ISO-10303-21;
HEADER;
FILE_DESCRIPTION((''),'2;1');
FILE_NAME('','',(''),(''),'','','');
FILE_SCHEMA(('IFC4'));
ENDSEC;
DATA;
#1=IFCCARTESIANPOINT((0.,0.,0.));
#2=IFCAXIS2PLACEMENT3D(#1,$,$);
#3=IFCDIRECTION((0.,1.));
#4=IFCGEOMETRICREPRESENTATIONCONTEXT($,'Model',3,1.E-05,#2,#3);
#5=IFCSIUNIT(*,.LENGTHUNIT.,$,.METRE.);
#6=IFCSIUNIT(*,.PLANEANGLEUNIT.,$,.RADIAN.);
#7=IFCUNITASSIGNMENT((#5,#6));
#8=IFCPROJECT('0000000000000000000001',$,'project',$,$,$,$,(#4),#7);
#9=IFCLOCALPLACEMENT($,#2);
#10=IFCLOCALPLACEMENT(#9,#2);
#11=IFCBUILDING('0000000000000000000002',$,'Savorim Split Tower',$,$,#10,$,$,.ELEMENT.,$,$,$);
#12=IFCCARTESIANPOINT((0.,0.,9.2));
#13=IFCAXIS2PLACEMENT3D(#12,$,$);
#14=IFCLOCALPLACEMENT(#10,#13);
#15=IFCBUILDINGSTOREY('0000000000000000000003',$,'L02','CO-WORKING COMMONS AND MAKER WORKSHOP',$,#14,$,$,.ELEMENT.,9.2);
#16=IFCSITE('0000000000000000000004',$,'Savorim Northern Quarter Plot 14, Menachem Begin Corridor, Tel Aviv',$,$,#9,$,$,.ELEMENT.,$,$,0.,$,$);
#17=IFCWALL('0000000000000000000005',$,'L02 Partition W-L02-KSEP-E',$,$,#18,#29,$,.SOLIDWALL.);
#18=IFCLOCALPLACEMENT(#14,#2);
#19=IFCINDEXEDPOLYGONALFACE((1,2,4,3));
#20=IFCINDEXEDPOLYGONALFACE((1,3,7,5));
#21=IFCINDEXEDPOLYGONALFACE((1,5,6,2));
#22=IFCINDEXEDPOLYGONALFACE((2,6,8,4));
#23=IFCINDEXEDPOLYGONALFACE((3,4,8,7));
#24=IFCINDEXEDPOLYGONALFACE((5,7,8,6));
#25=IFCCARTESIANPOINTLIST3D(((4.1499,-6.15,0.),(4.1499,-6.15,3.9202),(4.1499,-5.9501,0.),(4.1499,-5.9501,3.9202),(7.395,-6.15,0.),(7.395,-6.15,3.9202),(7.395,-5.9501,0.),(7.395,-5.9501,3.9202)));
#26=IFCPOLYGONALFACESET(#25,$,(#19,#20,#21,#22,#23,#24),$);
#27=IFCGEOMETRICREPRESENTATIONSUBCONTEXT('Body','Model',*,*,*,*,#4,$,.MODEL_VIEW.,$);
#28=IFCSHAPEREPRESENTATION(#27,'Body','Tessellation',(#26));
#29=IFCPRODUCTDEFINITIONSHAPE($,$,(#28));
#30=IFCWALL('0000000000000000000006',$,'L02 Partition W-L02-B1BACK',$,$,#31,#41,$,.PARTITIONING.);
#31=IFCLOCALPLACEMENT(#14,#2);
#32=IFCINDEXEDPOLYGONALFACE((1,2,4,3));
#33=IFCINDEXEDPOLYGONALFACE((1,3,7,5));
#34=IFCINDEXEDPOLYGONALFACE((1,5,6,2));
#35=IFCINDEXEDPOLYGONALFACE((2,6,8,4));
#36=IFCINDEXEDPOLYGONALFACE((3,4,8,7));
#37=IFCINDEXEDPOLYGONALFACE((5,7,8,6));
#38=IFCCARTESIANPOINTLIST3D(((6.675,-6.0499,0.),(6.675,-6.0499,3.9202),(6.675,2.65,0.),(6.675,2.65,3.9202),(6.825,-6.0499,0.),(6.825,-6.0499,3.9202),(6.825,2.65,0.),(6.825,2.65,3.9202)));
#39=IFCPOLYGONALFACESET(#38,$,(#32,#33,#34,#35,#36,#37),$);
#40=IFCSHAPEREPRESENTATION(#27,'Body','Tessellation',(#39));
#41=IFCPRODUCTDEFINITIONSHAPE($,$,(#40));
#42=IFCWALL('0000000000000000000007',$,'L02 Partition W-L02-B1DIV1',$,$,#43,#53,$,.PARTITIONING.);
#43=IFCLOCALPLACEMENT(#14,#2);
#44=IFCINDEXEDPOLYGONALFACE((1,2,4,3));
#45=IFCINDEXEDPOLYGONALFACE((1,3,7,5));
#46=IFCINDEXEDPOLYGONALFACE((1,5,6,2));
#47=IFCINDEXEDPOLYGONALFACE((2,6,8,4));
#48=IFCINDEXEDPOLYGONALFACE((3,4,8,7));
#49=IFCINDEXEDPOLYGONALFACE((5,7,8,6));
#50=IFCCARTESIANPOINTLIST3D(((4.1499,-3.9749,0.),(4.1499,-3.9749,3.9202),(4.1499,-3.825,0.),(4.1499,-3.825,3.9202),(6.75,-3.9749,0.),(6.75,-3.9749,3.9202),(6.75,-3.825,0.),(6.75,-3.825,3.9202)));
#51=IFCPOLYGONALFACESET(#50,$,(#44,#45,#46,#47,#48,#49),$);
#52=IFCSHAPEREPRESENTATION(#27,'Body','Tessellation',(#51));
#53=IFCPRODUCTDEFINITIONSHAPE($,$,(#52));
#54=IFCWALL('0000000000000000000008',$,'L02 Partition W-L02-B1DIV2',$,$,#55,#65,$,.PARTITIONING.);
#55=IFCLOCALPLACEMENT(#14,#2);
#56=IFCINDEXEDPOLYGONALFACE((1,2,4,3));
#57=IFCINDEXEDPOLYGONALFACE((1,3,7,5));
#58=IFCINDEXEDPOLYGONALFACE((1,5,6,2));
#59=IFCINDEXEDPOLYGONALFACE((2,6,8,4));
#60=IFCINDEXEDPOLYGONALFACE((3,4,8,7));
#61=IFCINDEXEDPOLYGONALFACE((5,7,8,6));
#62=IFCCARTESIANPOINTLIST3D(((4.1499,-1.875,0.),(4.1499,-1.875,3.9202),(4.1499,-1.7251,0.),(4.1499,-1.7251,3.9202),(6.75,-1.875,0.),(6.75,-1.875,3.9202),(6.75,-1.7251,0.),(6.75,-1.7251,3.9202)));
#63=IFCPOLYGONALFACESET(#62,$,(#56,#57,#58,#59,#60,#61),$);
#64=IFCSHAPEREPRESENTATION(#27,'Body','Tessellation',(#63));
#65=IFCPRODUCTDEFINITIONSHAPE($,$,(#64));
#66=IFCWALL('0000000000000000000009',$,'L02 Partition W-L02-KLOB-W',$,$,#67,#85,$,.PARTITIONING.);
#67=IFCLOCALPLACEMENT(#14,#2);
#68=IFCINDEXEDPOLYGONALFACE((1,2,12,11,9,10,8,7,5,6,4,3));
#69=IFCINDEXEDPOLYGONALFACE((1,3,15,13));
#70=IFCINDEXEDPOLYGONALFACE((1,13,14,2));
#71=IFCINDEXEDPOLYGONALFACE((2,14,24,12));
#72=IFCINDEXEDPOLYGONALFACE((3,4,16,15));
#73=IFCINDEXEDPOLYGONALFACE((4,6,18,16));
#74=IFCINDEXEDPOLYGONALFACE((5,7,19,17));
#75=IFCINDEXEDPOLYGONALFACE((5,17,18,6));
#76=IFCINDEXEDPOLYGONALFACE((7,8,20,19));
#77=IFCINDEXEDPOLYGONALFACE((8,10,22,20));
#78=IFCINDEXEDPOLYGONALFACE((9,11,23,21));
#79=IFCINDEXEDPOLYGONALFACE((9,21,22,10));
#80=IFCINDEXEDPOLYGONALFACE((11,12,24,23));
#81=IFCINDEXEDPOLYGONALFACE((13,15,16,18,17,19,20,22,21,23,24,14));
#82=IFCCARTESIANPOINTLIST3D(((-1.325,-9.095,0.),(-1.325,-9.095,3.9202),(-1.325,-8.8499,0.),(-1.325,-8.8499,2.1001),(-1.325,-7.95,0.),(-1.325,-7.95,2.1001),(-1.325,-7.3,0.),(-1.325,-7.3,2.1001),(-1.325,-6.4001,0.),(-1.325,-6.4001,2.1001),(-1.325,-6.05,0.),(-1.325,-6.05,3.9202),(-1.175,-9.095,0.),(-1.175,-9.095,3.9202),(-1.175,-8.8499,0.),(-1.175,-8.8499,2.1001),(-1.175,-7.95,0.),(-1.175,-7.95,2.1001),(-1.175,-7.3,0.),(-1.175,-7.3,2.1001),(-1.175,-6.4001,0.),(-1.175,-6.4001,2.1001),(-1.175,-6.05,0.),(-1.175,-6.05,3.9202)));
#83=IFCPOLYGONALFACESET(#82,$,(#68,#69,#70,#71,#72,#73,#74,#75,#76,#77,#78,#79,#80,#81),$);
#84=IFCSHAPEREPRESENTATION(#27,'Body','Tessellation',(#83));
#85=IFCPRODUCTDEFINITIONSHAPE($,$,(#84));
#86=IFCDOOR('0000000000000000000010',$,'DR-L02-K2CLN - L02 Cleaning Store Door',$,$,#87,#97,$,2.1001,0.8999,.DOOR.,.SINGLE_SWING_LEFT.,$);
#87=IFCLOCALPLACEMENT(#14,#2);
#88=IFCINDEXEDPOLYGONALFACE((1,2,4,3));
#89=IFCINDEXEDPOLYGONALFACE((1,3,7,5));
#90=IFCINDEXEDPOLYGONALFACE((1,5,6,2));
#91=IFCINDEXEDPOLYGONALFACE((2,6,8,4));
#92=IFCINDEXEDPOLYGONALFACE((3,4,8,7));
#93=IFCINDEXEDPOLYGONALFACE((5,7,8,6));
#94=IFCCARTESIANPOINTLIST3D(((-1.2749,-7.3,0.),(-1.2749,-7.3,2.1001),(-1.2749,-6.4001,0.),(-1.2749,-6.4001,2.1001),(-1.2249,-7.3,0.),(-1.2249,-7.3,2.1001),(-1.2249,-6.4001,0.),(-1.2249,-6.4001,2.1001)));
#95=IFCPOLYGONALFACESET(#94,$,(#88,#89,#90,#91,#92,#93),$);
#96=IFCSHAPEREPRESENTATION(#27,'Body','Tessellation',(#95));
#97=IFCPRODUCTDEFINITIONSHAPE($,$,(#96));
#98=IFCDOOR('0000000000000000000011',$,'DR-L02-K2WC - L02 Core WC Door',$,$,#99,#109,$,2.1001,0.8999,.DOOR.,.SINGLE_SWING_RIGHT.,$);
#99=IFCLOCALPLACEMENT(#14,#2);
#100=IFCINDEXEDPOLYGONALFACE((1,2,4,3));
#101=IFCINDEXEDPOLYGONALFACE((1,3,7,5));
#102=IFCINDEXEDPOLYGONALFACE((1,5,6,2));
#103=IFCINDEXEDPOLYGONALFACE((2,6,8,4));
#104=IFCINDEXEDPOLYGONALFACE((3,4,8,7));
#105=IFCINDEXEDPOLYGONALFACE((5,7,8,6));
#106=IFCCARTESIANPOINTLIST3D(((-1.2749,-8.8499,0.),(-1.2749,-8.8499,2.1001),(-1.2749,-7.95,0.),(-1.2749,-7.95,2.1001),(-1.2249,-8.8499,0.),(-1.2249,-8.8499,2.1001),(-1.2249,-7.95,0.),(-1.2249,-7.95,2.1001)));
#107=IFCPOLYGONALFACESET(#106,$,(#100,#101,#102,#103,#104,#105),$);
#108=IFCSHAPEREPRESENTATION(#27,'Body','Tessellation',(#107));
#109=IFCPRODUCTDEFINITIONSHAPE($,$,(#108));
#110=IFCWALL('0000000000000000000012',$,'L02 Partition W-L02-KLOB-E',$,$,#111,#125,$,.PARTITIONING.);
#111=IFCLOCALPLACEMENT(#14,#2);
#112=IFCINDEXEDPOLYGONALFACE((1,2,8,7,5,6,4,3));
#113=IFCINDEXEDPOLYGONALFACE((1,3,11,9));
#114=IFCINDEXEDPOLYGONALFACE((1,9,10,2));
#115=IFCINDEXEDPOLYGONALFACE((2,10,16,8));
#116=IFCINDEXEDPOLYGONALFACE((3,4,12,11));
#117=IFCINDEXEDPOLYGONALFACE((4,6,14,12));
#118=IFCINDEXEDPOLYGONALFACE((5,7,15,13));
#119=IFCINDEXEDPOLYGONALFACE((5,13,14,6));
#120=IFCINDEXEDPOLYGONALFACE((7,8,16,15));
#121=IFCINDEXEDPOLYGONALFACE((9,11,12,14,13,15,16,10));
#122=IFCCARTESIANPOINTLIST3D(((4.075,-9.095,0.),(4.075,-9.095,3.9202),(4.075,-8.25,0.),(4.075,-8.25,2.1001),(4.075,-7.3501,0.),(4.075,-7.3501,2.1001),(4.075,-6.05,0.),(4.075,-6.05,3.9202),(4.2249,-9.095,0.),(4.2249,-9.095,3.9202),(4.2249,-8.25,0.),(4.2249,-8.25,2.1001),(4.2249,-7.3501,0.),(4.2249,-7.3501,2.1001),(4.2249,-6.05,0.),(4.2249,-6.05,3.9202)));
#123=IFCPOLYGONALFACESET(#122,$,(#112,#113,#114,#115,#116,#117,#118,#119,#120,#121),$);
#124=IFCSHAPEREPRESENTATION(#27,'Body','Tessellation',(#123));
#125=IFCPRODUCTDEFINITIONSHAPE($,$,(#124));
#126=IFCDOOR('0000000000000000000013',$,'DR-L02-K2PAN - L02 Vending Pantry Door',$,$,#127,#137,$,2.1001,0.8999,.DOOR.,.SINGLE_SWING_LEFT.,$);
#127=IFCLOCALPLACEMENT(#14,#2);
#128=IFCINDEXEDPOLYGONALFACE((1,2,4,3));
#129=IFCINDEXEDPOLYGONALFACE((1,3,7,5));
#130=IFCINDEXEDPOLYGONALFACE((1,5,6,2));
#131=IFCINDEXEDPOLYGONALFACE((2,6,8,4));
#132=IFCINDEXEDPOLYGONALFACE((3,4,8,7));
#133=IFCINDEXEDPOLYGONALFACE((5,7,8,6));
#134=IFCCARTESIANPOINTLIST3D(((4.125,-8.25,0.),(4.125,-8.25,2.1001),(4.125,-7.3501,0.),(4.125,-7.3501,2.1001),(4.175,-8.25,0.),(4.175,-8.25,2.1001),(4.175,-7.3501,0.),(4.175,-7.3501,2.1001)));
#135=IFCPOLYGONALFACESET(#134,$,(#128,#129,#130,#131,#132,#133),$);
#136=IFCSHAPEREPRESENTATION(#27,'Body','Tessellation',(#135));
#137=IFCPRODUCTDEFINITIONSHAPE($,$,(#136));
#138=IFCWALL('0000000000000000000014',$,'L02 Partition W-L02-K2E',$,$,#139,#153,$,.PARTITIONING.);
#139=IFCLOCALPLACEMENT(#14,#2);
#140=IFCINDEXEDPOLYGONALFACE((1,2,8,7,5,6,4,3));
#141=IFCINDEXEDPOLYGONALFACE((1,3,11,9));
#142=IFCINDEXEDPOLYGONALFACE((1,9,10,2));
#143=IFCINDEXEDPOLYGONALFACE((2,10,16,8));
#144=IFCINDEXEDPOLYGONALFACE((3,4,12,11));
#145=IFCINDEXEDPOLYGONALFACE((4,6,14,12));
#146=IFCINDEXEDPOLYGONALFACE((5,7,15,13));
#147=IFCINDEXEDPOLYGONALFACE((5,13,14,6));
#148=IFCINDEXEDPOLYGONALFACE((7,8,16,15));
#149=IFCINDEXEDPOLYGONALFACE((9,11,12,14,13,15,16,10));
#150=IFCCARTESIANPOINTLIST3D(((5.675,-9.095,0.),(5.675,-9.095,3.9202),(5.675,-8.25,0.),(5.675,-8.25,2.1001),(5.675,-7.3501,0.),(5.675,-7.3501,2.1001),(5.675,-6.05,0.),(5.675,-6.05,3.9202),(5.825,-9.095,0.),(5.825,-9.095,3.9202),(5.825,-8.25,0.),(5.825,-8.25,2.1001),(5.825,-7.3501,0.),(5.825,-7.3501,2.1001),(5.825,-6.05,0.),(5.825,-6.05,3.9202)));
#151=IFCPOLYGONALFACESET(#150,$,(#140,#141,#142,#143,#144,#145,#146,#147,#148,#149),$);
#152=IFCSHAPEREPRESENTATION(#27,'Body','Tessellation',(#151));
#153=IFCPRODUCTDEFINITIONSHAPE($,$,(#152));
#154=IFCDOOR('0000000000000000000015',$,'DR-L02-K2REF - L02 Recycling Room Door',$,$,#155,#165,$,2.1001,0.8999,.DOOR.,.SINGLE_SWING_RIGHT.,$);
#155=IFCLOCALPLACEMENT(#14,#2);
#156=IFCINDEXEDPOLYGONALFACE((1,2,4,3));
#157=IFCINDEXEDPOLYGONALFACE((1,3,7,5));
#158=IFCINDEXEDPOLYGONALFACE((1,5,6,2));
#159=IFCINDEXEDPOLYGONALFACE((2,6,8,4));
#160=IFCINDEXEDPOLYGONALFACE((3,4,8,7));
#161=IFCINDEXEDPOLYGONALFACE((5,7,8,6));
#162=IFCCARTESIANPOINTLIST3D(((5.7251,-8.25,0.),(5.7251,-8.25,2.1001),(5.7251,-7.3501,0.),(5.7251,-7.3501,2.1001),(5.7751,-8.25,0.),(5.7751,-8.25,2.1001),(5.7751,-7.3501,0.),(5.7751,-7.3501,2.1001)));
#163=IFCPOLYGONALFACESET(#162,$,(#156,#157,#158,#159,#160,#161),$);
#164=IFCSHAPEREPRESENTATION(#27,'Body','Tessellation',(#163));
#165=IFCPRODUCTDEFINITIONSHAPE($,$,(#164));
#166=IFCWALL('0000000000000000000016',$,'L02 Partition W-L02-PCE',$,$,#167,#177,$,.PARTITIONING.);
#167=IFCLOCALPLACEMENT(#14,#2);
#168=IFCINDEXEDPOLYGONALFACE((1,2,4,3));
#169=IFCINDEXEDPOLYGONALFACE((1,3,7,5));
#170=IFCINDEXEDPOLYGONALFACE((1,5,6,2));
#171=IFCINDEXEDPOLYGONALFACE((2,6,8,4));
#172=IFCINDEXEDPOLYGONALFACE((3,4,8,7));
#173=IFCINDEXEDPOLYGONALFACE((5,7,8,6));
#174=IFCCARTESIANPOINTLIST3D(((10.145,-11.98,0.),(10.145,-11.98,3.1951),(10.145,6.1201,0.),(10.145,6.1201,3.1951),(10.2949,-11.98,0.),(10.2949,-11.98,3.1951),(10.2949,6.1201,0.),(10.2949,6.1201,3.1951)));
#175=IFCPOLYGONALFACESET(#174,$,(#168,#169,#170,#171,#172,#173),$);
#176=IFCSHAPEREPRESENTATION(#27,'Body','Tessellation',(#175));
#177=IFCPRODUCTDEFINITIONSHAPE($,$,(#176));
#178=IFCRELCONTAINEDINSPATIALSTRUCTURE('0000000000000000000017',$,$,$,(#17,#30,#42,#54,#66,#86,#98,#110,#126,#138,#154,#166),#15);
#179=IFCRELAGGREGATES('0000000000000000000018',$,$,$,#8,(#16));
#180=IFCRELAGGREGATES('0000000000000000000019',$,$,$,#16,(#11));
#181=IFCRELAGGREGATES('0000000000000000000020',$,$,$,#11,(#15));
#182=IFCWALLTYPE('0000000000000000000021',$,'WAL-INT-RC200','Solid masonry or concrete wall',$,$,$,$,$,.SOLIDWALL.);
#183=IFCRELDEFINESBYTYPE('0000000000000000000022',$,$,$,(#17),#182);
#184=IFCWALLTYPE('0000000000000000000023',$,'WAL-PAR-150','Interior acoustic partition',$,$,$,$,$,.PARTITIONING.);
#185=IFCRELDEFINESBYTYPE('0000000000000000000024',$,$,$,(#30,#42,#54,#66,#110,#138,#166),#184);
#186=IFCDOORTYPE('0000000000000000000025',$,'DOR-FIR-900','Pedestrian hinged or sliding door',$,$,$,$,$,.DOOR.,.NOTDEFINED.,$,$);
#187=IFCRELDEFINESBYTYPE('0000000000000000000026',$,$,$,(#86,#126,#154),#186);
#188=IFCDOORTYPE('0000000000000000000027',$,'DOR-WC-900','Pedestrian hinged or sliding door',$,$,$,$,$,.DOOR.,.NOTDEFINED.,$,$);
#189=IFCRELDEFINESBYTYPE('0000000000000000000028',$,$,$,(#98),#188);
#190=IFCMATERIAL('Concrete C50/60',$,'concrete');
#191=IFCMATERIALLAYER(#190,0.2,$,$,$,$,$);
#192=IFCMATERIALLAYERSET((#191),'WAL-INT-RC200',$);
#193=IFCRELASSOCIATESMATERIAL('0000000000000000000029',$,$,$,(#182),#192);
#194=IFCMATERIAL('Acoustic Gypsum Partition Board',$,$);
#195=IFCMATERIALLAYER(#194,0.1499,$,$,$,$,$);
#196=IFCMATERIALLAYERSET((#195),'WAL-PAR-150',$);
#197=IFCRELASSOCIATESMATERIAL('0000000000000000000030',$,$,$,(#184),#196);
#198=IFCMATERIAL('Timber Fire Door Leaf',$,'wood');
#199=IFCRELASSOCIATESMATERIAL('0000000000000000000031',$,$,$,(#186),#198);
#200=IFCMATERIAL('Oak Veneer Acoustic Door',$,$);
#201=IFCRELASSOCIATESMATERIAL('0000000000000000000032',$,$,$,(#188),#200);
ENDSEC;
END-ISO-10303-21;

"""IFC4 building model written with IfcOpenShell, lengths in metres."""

from ifc_helpers import new_model, si_unit, direction, frame, frame_2d, origin, place, context, subcontext, project, spatial, rectangle, extrude, material, layer, layer_set, type_object, element, fill, save


model = new_model("IFC4")

# Units and contexts
model_context = context("Model", 3, precision=1e-05, world=origin(), true_north=direction((0.0, 1.0)))
body_context = subcontext(model_context, "Body", "Model", "MODEL_VIEW")
ifc_project = project(units=[si_unit("LENGTHUNIT", "METRE"), si_unit("PLANEANGLEUNIT", "RADIAN")], contexts=[model_context])

# Site, building, storey
site_placement = place(None, origin())
site = spatial("IfcSite", under=ifc_project, at=site_placement, Name="Savorim Northern Quarter Plot 14, Menachem Begin Corridor, Tel Aviv", CompositionType="ELEMENT", RefElevation=0.0)
building_placement = place(site_placement, origin())
building = spatial("IfcBuilding", under=site, at=building_placement, Name="Savorim Split Tower", CompositionType="ELEMENT")
storey_placement = place(building_placement, frame((0.0, 0.0, 9.2)))
storey = spatial("IfcBuildingStorey", under=building, at=storey_placement, Name="L02", Description="CO-WORKING COMMONS AND MAKER WORKSHOP", CompositionType="ELEMENT", Elevation=9.2)

# Shared definitions
ifc_material_1 = material(Name="Concrete C50/60", Category="concrete")
ifc_layer_1 = layer(ifc_material_1, 0.2)
ifc_layer_set_1 = layer_set([ifc_layer_1], Name="WAL-INT-RC200")
wall_type_1 = type_object("IfcWallType", Name="WAL-INT-RC200", Description="Solid masonry or concrete wall", PredefinedType="SOLIDWALL", material=ifc_layer_set_1)

# Walls
wall_1_placement = place(storey_placement, frame((4.1499, -6.05, 0.0), z_axis=(0.0, 0.0, 1.0), x_axis=(1.0, 0.0, 0.0)))
element("IfcWall", 1, at=wall_1_placement, inside=storey, type_object=wall_type_1, Name="L02 Partition W-L02-KSEP-E", PredefinedType="SOLIDWALL", context=body_context, shape_type="SweptSolid", body=[
    extrude(rectangle(XDim=3.2451, YDim=0.2, at=frame_2d((1.6226, 0.0))), origin(), (0.0, 0.0, 1.0), 3.9202),
])
ifc_material_2 = material(Name="Acoustic Gypsum Partition Board")
ifc_layer_2 = layer(ifc_material_2, 0.1499)
ifc_layer_set_2 = layer_set([ifc_layer_2], Name="WAL-PAR-150")
wall_type_2 = type_object("IfcWallType", Name="WAL-PAR-150", Description="Interior acoustic partition", PredefinedType="PARTITIONING", material=ifc_layer_set_2)
wall_2_placement = place(storey_placement, frame((6.75, -6.05, 0.0), z_axis=(0.0, 0.0, 1.0), x_axis=(0.0, 1.0, 0.0)))
element("IfcWall", 2, at=wall_2_placement, inside=storey, type_object=wall_type_2, Name="L02 Partition W-L02-B1BACK", PredefinedType="PARTITIONING", context=body_context, shape_type="SweptSolid", body=[
    extrude(rectangle(XDim=8.7, YDim=0.1499, at=frame_2d((4.3501, 0.0))), origin(), (0.0, 0.0, 1.0), 3.9202),
])
for number, where, z_axis, x_axis, name in (
    (3, (4.1499, -3.8999, 0.0), (0.0, 0.0, 1.0), (1.0, 0.0, 0.0), "L02 Partition W-L02-B1DIV1"),
    (4, (4.1499, -1.8, 0.0), (0.0, 0.0, 1.0), (1.0, 0.0, 0.0), "L02 Partition W-L02-B1DIV2"),
):
    element("IfcWall", number, at=place(storey_placement, frame(where, z_axis=z_axis, x_axis=x_axis)), inside=storey, type_object=wall_type_2, Name=name, PredefinedType="PARTITIONING", context=body_context, shape_type="SweptSolid", body=[
        extrude(rectangle(XDim=2.6001, YDim=0.1499, at=frame_2d((1.3, 0.0))), origin(), (0.0, 0.0, 1.0), 3.9202),
    ])

# Wall, openings, doors
wall_3_placement = place(storey_placement, frame((-1.25, -9.095, 0.0), z_axis=(0.0, 0.0, 1.0), x_axis=(0.0, 1.0, 0.0)))
wall_3 = element("IfcWall", 5, at=wall_3_placement, inside=storey, type_object=wall_type_2, Name="L02 Partition W-L02-KLOB-W", PredefinedType="PARTITIONING", context=body_context, shape_type="SweptSolid", body=[
    extrude(rectangle(XDim=3.0449, YDim=0.1499, at=frame_2d((1.5225, 0.0))), origin(), (0.0, 0.0, 1.0), 3.9202),
])
opening_1_placement = place(wall_3_placement, frame((1.7949, 0.0, 0.0)))
opening_1 = element("IfcOpeningElement", 6, at=opening_1_placement, cuts=wall_3, PredefinedType="OPENING", context=body_context, shape_type="SweptSolid", body=[
    extrude(rectangle(XDim=0.8999, YDim=2.1001, at=frame_2d((0.45, 1.05))), frame((0.0, 0.085, 0.0), z_axis=(0.0, -1.0, 0.0), x_axis=(1.0, 0.0, 0.0)), (0.0, 0.0, 1.0), 0.1699),
])
opening_2_placement = place(wall_3_placement, frame((0.2451, 0.0, 0.0)))
opening_2 = element("IfcOpeningElement", 7, at=opening_2_placement, cuts=wall_3, PredefinedType="OPENING", context=body_context, shape_type="SweptSolid", body=[
    extrude(rectangle(XDim=0.8999, YDim=2.1001, at=frame_2d((0.45, 1.05))), frame((0.0, 0.085, 0.0), z_axis=(0.0, -1.0, 0.0), x_axis=(1.0, 0.0, 0.0)), (0.0, 0.0, 1.0), 0.1699),
])
ifc_material_3 = material(Name="Timber Fire Door Leaf", Category="wood")
door_type_1 = type_object("IfcDoorType", Name="DOR-FIR-900", Description="Pedestrian hinged or sliding door", OperationType="NOTDEFINED", PredefinedType="DOOR", material=ifc_material_3)
door_1_placement = place(opening_1_placement, origin())
door_1 = element("IfcDoor", 8, at=door_1_placement, inside=storey, type_object=door_type_1, Name="DR-L02-K2CLN - L02 Cleaning Store Door", OperationType="SINGLE_SWING_LEFT", OverallHeight=2.1001, OverallWidth=0.8999, PredefinedType="DOOR", context=body_context, shape_type="SweptSolid", body=[
    extrude(rectangle(XDim=0.8999, YDim=2.1001, at=frame_2d((0.45, 1.05))), frame((0.0, 0.0249, 0.0), z_axis=(0.0, -1.0, 0.0), x_axis=(1.0, 0.0, 0.0)), (0.0, 0.0, 1.0), 0.05),
])
fill(opening_1, door_1)
ifc_material_4 = material(Name="Oak Veneer Acoustic Door")
door_type_2 = type_object("IfcDoorType", Name="DOR-WC-900", Description="Pedestrian hinged or sliding door", OperationType="NOTDEFINED", PredefinedType="DOOR", material=ifc_material_4)
door_2_placement = place(opening_2_placement, origin())
door_2 = element("IfcDoor", 9, at=door_2_placement, inside=storey, type_object=door_type_2, Name="DR-L02-K2WC - L02 Core WC Door", OperationType="SINGLE_SWING_RIGHT", OverallHeight=2.1001, OverallWidth=0.8999, PredefinedType="DOOR", context=body_context, shape_type="SweptSolid", body=[
    extrude(rectangle(XDim=0.8999, YDim=2.1001, at=frame_2d((0.45, 1.05))), frame((0.0, 0.0249, 0.0), z_axis=(0.0, -1.0, 0.0), x_axis=(1.0, 0.0, 0.0)), (0.0, 0.0, 1.0), 0.05),
])
fill(opening_2, door_2)

# Walls, openings, doors
wall_4_placement = place(storey_placement, frame((4.1499, -9.095, 0.0), z_axis=(0.0, 0.0, 1.0), x_axis=(0.0, 1.0, 0.0)))
wall_4 = element("IfcWall", 10, at=wall_4_placement, inside=storey, type_object=wall_type_2, Name="L02 Partition W-L02-KLOB-E", PredefinedType="PARTITIONING", context=body_context, shape_type="SweptSolid", body=[
    extrude(rectangle(XDim=3.0449, YDim=0.1499, at=frame_2d((1.5225, 0.0))), origin(), (0.0, 0.0, 1.0), 3.9202),
])
opening_3_placement = place(wall_4_placement, frame((0.845, 0.0, 0.0)))
opening_3 = element("IfcOpeningElement", 11, at=opening_3_placement, cuts=wall_4, PredefinedType="OPENING", context=body_context, shape_type="SweptSolid", body=[
    extrude(rectangle(XDim=0.8999, YDim=2.1001, at=frame_2d((0.45, 1.05))), frame((0.0, 0.085, 0.0), z_axis=(0.0, -1.0, 0.0), x_axis=(1.0, 0.0, 0.0)), (0.0, 0.0, 1.0), 0.1699),
])
door_3_placement = place(opening_3_placement, origin())
door_3 = element("IfcDoor", 12, at=door_3_placement, inside=storey, type_object=door_type_1, Name="DR-L02-K2PAN - L02 Vending Pantry Door", OperationType="SINGLE_SWING_LEFT", OverallHeight=2.1001, OverallWidth=0.8999, PredefinedType="DOOR", context=body_context, shape_type="SweptSolid", body=[
    extrude(rectangle(XDim=0.8999, YDim=2.1001, at=frame_2d((0.45, 1.05))), frame((0.0, 0.0249, 0.0), z_axis=(0.0, -1.0, 0.0), x_axis=(1.0, 0.0, 0.0)), (0.0, 0.0, 1.0), 0.05),
])
fill(opening_3, door_3)
wall_5_placement = place(storey_placement, frame((5.75, -9.095, 0.0), z_axis=(0.0, 0.0, 1.0), x_axis=(0.0, 1.0, 0.0)))
wall_5 = element("IfcWall", 13, at=wall_5_placement, inside=storey, type_object=wall_type_2, Name="L02 Partition W-L02-K2E", PredefinedType="PARTITIONING", context=body_context, shape_type="SweptSolid", body=[
    extrude(rectangle(XDim=3.0449, YDim=0.1499, at=frame_2d((1.5225, 0.0))), origin(), (0.0, 0.0, 1.0), 3.9202),
])
opening_4_placement = place(wall_5_placement, frame((0.845, 0.0, 0.0)))
opening_4 = element("IfcOpeningElement", 14, at=opening_4_placement, cuts=wall_5, PredefinedType="OPENING", context=body_context, shape_type="SweptSolid", body=[
    extrude(rectangle(XDim=0.8999, YDim=2.1001, at=frame_2d((0.45, 1.05))), frame((0.0, 0.085, 0.0), z_axis=(0.0, -1.0, 0.0), x_axis=(1.0, 0.0, 0.0)), (0.0, 0.0, 1.0), 0.1699),
])
door_4_placement = place(opening_4_placement, origin())
door_4 = element("IfcDoor", 15, at=door_4_placement, inside=storey, type_object=door_type_1, Name="DR-L02-K2REF - L02 Recycling Room Door", OperationType="SINGLE_SWING_RIGHT", OverallHeight=2.1001, OverallWidth=0.8999, PredefinedType="DOOR", context=body_context, shape_type="SweptSolid", body=[
    extrude(rectangle(XDim=0.8999, YDim=2.1001, at=frame_2d((0.45, 1.05))), frame((0.0, 0.0249, 0.0), z_axis=(0.0, -1.0, 0.0), x_axis=(1.0, 0.0, 0.0)), (0.0, 0.0, 1.0), 0.05),
])
fill(opening_4, door_4)

# Wall
wall_6_placement = place(storey_placement, frame((10.22, -11.98, 0.0), z_axis=(0.0, 0.0, 1.0), x_axis=(0.0, 1.0, 0.0)))
element("IfcWall", 16, at=wall_6_placement, inside=storey, type_object=wall_type_2, Name="L02 Partition W-L02-PCE", PredefinedType="PARTITIONING", context=body_context, shape_type="SweptSolid", body=[
    extrude(rectangle(XDim=18.1001, YDim=0.1499, at=frame_2d((9.05, 0.0))), origin(), (0.0, 0.0, 1.0), 3.1951),
])

save(model, "model.ifc")
